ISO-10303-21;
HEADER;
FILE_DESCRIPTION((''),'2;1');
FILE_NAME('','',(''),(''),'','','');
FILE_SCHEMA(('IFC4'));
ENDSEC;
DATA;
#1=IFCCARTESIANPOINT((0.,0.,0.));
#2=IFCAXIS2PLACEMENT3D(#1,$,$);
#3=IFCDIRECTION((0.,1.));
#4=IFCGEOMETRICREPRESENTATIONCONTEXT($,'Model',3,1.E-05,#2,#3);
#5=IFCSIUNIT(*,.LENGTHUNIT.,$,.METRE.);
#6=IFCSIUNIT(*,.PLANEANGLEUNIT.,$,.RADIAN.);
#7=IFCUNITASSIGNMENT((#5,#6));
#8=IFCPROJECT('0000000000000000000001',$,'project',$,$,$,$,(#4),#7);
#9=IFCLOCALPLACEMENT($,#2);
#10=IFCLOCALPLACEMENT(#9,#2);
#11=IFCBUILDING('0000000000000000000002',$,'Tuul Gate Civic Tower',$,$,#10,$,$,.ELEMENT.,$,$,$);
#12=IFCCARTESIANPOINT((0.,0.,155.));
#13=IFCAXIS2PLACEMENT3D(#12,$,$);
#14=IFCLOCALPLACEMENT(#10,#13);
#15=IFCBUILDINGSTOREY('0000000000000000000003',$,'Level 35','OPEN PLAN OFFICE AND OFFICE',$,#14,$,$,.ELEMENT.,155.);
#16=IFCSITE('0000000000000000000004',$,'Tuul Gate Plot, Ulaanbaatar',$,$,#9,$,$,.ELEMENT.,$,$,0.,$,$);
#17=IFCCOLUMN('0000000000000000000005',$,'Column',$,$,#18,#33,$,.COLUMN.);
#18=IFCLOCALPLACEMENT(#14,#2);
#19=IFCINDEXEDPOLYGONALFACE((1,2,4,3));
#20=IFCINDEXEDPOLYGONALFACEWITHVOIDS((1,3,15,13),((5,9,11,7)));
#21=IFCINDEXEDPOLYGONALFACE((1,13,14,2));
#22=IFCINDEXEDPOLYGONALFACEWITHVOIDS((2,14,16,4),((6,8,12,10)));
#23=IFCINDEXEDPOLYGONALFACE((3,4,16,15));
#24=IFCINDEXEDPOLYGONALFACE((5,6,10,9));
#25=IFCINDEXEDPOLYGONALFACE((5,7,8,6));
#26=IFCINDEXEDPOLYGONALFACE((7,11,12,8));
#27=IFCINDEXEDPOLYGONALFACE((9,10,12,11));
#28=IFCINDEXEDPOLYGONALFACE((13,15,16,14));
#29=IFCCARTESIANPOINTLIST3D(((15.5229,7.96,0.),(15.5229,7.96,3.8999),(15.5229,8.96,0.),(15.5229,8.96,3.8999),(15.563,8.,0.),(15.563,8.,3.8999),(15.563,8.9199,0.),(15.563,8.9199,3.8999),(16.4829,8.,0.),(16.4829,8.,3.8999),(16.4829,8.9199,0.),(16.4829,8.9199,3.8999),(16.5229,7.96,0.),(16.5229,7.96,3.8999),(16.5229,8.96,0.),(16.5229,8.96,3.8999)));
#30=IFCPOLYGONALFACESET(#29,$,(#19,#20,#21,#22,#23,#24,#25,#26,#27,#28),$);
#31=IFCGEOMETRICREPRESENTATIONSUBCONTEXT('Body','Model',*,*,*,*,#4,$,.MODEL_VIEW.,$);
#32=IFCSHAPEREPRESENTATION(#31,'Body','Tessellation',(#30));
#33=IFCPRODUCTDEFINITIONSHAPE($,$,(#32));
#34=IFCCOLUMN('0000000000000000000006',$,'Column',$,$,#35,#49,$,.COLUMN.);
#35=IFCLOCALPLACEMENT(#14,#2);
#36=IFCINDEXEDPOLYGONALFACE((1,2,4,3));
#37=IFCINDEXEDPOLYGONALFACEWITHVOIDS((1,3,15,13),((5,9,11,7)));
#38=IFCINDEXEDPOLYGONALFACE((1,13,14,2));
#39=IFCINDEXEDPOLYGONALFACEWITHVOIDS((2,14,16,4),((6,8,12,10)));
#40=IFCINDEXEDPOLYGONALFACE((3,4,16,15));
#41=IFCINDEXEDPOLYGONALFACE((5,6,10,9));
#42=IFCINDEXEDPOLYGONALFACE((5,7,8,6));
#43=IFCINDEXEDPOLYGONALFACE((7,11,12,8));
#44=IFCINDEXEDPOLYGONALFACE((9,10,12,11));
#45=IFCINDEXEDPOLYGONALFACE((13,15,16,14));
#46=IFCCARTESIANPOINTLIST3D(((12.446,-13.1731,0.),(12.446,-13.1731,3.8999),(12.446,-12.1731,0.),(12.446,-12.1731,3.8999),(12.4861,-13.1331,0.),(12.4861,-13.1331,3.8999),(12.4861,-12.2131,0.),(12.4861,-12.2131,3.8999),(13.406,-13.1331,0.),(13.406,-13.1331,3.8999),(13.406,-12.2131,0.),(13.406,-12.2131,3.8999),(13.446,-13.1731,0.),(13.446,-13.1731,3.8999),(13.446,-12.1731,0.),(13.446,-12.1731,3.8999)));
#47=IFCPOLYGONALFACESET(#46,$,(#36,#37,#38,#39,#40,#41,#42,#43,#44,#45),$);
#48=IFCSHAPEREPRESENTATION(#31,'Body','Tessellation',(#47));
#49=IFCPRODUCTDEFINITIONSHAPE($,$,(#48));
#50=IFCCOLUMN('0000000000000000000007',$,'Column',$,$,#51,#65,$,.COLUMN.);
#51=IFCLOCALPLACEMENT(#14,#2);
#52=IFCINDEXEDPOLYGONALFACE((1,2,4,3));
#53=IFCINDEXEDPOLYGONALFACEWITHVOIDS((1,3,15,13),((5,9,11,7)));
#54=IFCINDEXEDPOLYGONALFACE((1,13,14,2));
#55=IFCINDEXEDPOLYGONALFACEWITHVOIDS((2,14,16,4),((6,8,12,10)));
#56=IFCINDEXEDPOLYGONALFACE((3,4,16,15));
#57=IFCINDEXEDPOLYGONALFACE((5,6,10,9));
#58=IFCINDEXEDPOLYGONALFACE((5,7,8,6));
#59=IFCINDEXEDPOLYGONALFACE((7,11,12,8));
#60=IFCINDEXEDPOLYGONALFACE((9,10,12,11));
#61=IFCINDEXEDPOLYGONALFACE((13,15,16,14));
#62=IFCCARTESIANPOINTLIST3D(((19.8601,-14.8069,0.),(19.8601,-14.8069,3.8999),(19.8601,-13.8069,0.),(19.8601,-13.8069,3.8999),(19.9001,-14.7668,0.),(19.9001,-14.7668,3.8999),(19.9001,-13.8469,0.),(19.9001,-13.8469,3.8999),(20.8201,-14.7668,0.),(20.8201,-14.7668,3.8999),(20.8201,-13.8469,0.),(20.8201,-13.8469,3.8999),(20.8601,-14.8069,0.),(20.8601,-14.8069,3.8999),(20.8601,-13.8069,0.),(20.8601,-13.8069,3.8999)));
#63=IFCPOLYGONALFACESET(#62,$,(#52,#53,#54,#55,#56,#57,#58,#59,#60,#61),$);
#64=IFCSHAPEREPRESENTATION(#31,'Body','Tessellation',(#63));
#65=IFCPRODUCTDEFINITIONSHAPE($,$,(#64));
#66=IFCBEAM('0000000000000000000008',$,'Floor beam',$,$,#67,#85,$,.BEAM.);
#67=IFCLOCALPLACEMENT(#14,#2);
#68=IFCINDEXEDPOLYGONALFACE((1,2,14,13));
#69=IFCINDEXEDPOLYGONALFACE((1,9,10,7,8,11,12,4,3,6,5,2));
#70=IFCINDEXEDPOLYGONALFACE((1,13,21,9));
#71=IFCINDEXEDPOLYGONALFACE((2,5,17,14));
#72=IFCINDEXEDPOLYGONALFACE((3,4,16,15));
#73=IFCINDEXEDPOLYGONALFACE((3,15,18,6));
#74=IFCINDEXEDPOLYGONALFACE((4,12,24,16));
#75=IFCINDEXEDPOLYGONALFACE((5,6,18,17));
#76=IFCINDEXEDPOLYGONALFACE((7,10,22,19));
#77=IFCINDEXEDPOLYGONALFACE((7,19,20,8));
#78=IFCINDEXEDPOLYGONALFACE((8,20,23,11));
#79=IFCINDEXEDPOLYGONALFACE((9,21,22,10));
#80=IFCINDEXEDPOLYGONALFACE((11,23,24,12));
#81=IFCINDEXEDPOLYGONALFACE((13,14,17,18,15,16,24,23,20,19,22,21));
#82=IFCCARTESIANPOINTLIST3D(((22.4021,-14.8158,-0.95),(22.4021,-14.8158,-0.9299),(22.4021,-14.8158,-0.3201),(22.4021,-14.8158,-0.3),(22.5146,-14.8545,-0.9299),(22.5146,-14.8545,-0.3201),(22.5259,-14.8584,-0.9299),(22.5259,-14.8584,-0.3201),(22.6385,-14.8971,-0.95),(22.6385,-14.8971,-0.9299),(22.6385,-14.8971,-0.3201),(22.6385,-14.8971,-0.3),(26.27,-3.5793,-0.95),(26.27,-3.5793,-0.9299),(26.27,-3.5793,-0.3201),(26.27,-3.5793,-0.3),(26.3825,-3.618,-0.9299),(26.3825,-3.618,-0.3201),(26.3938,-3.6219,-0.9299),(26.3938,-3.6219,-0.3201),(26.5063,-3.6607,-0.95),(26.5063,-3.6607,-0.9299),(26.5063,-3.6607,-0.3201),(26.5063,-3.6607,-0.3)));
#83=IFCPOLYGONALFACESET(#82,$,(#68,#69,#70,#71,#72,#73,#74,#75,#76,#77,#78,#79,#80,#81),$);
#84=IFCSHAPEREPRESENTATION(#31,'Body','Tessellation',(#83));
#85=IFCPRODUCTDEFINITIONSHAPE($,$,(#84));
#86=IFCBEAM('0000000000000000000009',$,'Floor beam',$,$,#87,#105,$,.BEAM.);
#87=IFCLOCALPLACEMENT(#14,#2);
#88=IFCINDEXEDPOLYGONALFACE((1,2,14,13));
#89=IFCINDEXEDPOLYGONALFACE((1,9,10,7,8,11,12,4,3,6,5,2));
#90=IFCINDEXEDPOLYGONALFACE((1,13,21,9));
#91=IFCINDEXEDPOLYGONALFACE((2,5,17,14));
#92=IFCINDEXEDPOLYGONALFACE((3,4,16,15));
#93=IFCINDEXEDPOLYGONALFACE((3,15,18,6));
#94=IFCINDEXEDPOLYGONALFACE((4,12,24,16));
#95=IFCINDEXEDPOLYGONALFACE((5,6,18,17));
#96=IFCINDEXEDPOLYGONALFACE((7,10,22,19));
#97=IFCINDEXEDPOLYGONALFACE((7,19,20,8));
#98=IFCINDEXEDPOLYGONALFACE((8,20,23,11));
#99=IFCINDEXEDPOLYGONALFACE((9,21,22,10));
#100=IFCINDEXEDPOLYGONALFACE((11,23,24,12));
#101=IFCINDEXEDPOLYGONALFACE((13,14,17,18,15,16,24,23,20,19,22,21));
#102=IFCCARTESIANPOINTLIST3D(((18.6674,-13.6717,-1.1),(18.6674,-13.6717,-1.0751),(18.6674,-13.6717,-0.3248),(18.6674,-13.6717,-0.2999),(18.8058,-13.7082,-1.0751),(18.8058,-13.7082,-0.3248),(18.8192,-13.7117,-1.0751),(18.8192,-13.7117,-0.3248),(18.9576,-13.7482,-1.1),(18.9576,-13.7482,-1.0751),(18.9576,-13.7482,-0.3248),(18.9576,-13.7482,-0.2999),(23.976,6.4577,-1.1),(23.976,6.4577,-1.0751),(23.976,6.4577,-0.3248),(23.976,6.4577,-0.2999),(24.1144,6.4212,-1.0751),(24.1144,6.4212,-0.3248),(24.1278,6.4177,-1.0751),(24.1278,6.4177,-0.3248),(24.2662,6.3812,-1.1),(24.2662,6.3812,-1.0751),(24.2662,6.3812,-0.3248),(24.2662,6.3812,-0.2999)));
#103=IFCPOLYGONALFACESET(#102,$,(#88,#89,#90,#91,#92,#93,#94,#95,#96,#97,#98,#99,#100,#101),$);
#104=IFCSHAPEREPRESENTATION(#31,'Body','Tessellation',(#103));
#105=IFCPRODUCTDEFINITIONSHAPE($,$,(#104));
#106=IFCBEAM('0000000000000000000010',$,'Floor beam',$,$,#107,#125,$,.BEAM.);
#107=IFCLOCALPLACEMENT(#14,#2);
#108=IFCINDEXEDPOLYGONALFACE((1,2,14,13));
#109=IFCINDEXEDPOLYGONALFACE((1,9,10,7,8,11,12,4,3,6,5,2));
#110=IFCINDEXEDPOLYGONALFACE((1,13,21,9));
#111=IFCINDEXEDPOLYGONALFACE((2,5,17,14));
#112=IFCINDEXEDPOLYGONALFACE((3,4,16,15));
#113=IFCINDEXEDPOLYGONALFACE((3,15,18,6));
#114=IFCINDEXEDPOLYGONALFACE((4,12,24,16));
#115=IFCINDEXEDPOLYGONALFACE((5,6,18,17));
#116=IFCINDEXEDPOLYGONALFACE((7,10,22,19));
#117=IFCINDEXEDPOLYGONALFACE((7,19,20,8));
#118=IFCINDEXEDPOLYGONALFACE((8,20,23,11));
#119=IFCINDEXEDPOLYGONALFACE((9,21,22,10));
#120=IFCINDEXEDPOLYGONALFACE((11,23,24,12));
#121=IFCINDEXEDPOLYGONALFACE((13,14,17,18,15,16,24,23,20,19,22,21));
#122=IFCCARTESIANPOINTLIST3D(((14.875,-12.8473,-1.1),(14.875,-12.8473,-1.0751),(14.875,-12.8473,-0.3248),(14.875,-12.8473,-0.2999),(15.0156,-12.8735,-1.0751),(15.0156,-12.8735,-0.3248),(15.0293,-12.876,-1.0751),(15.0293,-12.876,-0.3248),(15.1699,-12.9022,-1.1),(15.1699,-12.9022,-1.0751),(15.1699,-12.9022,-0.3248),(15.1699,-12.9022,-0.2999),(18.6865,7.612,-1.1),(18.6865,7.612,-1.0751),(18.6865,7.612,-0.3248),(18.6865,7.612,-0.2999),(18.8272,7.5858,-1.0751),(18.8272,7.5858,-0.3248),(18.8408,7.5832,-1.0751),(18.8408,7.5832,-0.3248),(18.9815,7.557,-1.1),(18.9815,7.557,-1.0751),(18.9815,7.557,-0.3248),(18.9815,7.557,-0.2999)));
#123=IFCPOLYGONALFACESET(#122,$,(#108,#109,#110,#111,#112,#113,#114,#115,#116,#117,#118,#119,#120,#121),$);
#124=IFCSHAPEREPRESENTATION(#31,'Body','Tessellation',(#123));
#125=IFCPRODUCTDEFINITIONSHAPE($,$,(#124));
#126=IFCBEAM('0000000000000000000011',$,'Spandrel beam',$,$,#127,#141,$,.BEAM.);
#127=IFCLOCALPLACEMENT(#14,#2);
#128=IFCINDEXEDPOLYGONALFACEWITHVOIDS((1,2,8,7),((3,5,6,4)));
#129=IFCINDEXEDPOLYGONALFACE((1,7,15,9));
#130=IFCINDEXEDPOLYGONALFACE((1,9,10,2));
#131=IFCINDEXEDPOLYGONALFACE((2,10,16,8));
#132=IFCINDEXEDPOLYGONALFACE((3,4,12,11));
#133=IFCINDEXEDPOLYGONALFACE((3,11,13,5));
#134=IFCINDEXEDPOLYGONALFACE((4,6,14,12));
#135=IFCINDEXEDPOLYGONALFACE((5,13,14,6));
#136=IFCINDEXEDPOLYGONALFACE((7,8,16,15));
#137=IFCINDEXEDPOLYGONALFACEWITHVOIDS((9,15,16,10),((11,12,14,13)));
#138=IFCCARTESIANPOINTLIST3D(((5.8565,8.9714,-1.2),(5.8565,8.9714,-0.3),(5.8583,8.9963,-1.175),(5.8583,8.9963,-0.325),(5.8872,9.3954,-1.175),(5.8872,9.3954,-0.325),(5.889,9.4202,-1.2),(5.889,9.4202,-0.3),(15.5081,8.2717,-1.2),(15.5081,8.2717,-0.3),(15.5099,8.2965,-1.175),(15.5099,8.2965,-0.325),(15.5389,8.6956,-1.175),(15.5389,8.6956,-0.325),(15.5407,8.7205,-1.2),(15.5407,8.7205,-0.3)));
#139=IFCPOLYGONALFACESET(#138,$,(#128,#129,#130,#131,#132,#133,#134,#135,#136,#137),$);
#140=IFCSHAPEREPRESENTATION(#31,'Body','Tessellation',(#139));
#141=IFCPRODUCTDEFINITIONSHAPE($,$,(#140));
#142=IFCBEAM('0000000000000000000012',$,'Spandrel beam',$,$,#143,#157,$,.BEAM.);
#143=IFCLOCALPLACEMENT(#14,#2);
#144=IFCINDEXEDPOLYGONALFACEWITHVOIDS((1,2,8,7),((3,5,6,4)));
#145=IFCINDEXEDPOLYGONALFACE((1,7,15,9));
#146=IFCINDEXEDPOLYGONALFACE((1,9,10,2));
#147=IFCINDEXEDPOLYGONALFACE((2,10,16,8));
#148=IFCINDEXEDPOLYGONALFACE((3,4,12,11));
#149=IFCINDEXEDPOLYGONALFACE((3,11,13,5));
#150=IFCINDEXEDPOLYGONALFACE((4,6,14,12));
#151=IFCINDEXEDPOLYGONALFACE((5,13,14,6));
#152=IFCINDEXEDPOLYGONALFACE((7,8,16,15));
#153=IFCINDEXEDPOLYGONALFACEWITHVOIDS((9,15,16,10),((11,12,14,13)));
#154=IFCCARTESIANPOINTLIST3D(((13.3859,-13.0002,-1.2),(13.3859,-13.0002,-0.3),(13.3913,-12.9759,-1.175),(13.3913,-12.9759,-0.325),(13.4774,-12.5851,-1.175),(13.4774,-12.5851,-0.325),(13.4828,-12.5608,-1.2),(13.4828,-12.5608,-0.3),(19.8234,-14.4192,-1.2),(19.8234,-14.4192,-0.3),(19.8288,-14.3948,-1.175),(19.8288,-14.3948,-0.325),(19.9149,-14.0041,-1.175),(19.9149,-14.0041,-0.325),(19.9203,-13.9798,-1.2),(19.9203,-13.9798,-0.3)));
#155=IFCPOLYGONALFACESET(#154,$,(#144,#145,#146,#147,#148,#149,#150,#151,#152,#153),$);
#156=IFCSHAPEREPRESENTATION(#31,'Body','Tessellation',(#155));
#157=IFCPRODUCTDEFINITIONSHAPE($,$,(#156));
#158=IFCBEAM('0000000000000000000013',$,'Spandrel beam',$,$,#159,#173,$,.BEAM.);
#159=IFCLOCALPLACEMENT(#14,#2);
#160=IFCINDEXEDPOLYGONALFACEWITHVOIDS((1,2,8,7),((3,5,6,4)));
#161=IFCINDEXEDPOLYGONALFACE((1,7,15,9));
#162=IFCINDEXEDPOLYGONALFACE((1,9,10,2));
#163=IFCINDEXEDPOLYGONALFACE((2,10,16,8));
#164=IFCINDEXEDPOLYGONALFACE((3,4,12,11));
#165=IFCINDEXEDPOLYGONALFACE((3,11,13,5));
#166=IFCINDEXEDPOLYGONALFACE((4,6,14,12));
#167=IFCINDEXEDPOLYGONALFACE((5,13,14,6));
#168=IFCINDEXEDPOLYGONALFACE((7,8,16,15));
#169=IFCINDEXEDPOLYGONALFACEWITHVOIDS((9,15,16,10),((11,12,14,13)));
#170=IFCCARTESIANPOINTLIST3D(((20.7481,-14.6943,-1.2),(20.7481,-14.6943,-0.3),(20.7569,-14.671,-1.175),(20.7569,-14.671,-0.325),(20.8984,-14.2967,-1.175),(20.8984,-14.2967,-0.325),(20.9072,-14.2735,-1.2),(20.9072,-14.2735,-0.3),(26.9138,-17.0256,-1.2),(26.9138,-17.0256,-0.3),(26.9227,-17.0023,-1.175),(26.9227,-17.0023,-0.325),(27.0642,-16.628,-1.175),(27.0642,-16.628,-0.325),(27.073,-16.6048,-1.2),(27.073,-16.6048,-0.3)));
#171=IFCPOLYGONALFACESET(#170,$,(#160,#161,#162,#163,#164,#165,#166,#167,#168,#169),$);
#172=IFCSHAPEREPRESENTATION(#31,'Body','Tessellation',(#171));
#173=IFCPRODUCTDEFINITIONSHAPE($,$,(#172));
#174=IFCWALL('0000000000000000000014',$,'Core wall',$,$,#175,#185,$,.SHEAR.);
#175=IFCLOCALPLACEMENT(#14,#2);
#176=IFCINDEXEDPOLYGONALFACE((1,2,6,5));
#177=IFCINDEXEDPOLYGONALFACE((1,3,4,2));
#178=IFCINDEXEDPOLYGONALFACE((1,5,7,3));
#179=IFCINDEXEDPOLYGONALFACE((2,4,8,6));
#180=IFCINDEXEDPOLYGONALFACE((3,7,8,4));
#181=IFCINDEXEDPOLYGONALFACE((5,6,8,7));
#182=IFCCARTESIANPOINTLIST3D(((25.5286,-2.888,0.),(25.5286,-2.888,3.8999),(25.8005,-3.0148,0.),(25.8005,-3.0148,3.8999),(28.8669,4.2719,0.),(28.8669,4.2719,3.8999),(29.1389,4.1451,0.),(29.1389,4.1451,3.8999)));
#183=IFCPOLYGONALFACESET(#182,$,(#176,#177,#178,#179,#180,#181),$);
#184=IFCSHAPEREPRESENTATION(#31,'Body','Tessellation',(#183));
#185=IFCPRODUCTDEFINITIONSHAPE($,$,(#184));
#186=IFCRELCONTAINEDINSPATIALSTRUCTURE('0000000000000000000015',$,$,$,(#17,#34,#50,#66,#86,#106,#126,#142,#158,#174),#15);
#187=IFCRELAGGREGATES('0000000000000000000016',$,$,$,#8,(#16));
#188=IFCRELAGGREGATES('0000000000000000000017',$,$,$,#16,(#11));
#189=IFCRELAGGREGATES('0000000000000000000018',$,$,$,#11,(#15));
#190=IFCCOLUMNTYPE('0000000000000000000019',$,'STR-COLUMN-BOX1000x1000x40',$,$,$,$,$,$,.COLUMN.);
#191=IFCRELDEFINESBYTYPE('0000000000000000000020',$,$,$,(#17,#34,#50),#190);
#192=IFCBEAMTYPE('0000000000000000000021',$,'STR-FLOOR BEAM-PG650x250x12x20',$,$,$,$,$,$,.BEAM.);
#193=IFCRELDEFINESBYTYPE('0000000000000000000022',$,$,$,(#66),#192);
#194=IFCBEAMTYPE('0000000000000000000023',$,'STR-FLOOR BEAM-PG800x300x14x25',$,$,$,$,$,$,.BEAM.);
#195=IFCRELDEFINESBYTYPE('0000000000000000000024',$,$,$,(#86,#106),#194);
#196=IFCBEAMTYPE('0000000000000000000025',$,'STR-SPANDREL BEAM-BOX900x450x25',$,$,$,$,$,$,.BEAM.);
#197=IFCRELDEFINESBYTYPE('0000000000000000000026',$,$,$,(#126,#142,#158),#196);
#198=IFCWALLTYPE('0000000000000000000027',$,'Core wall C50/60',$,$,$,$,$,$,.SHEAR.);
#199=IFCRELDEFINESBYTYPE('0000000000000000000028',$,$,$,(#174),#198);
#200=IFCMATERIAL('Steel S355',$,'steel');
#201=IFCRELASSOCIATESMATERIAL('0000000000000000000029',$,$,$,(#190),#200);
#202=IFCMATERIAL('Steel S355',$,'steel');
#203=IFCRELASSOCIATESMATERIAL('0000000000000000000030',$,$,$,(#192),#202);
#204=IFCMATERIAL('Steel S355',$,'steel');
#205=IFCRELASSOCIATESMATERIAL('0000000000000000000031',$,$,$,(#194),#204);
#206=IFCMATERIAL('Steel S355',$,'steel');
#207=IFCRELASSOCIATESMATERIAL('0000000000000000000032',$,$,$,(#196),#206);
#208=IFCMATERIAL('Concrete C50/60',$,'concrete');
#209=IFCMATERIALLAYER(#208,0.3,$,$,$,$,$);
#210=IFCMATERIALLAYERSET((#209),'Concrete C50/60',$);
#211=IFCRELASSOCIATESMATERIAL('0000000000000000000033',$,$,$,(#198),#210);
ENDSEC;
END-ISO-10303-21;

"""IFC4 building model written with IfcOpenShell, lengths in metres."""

from ifc_helpers import new_model, si_unit, direction, frame, frame_2d, origin, origin_2d, place, context, subcontext, project, spatial, rectangle, hollow_rectangle, i_section, extrude, material, layer, layer_set, material_profile, profile_set, type_object, element, save


model = new_model("IFC4")

# Units and contexts
model_context = context("Model", 3, precision=1e-05, world=origin(), true_north=direction((0.0, 1.0)))
body_context = subcontext(model_context, "Body", "Model", "MODEL_VIEW")
ifc_project = project(units=[si_unit("LENGTHUNIT", "METRE"), si_unit("PLANEANGLEUNIT", "RADIAN")], contexts=[model_context])

# Site, building, storey
site_placement = place(None, origin())
site = spatial("IfcSite", under=ifc_project, at=site_placement, Name="Tuul Gate Plot, Ulaanbaatar", CompositionType="ELEMENT", RefElevation=0.0)
building_placement = place(site_placement, origin())
building = spatial("IfcBuilding", under=site, at=building_placement, Name="Tuul Gate Civic Tower", CompositionType="ELEMENT")
storey_placement = place(building_placement, frame((0.0, 0.0, 155.0)))
storey = spatial("IfcBuildingStorey", under=building, at=storey_placement, Name="Level 35", Description="OPEN PLAN OFFICE AND OFFICE", CompositionType="ELEMENT", Elevation=155.0)

# Columns
ifc_material_1 = material(Name="Steel S355", Category="steel")
ifc_material_profile_1 = material_profile(ifc_material_1, hollow_rectangle(XDim=1.0, YDim=1.0, WallThickness=0.04, at=origin_2d()), Name="BOX1000x1000x40")
ifc_profile_set_1 = profile_set([ifc_material_profile_1], Name="Steel S355")
column_type = type_object("IfcColumnType", Name="STR-COLUMN-BOX1000x1000x40", PredefinedType="COLUMN", material=ifc_profile_set_1)
for number, where, z_axis, x_axis, name in (
    (1, (16.0229, 8.46, 0.0), (0.0, 0.0, 1.0), (1.0, 0.0, 0.0), "Column"),
    (2, (12.946, -12.6731, 0.0), (0.0, 0.0, 1.0), (1.0, 0.0, 0.0), "Column"),
    (3, (20.3601, -14.3069, 0.0), (0.0, 0.0, 1.0), (1.0, 0.0, 0.0), "Column"),
):
    element("IfcColumn", number, at=place(storey_placement, frame(where, z_axis=z_axis, x_axis=x_axis)), inside=storey, type_object=column_type, Name=name, PredefinedType="COLUMN", context=body_context, shape_type="SweptSolid", body=[
        extrude(hollow_rectangle(XDim=1.0, YDim=1.0, WallThickness=0.04, at=origin_2d()), origin(), (0.0, 0.0, 1.0), 3.8999),
    ])

# Beams
ifc_material_2 = material(Name="Steel S355", Category="steel")
ifc_material_profile_2 = material_profile(ifc_material_2, i_section(OverallWidth=0.25, OverallDepth=0.6499, WebThickness=0.012, FlangeThickness=0.02, at=origin_2d()), Name="PG650x250x12x20")
ifc_profile_set_2 = profile_set([ifc_material_profile_2], Name="Steel S355")
beam_type_1 = type_object("IfcBeamType", Name="STR-FLOOR BEAM-PG650x250x12x20", PredefinedType="BEAM", material=ifc_profile_set_2)
beam_1_placement = place(storey_placement, frame((22.5203, -14.8564, -0.625), z_axis=(0.325482, 0.945548, 0.0), x_axis=(-0.945548, 0.325482, 0.0)))
element("IfcBeam", 4, at=beam_1_placement, inside=storey, type_object=beam_type_1, Name="Floor beam", PredefinedType="BEAM", context=body_context, shape_type="SweptSolid", body=[
    extrude(i_section(OverallWidth=0.25, OverallDepth=0.6499, WebThickness=0.012, FlangeThickness=0.02, at=origin_2d()), origin(), (0.0, 0.0, 1.0), 11.8835),
])
ifc_material_3 = material(Name="Steel S355", Category="steel")
ifc_material_profile_3 = material_profile(ifc_material_3, i_section(OverallWidth=0.3, OverallDepth=0.8, WebThickness=0.0139, FlangeThickness=0.0249, at=origin_2d()), Name="PG800x300x14x25")
ifc_profile_set_3 = profile_set([ifc_material_profile_3], Name="Steel S355")
beam_type_2 = type_object("IfcBeamType", Name="STR-FLOOR BEAM-PG800x300x14x25", PredefinedType="BEAM", material=ifc_profile_set_3)
beam_2_placement = place(storey_placement, frame((18.8125, -13.71, -0.7), z_axis=(0.255005, 0.96694, 0.0), x_axis=(-0.96694, 0.255005, 0.0)))
element("IfcBeam", 5, at=beam_2_placement, inside=storey, type_object=beam_type_2, Name="Floor beam", PredefinedType="BEAM", context=body_context, shape_type="SweptSolid", body=[
    extrude(i_section(OverallWidth=0.3, OverallDepth=0.8, WebThickness=0.0139, FlangeThickness=0.0249, at=origin_2d()), origin(), (0.0, 0.0, 1.0), 20.8176),
])
beam_3_placement = place(storey_placement, frame((15.0225, -12.8748, -0.7), z_axis=(0.183147, 0.983085, 0.0), x_axis=(-0.983085, 0.183147, 0.0)))
element("IfcBeam", 6, at=beam_3_placement, inside=storey, type_object=beam_type_2, Name="Floor beam", PredefinedType="BEAM", context=body_context, shape_type="SweptSolid", body=[
    extrude(i_section(OverallWidth=0.3, OverallDepth=0.8, WebThickness=0.0139, FlangeThickness=0.0249, at=origin_2d()), origin(), (0.0, 0.0, 1.0), 20.8113),
])
ifc_material_4 = material(Name="Steel S355", Category="steel")
ifc_material_profile_4 = material_profile(ifc_material_4, hollow_rectangle(XDim=0.45, YDim=0.8999, WallThickness=0.0249, at=origin_2d()), Name="BOX900x450x25")
ifc_profile_set_4 = profile_set([ifc_material_profile_4], Name="Steel S355")
beam_type_3 = type_object("IfcBeamType", Name="STR-SPANDREL BEAM-BOX900x450x25", PredefinedType="BEAM", material=ifc_profile_set_4)
beam_4_placement = place(storey_placement, frame((15.5244, 8.4961, -0.75), z_axis=(-0.997382, 0.072307, 0.0), x_axis=(-0.072307, -0.997382, 0.0)))
element("IfcBeam", 7, at=beam_4_placement, inside=storey, type_object=beam_type_3, Name="Spandrel beam", PredefinedType="BEAM", context=body_context, shape_type="SweptSolid", body=[
    extrude(hollow_rectangle(XDim=0.45, YDim=0.8999, WallThickness=0.0249, at=origin_2d()), origin(), (0.0, 0.0, 1.0), 9.677),
])
beam_5_placement = place(storey_placement, frame((13.4343, -12.7805, -0.75), z_axis=(0.976559, -0.215252, 0.0), x_axis=(0.215252, 0.976559, 0.0)))
element("IfcBeam", 8, at=beam_5_placement, inside=storey, type_object=beam_type_3, Name="Spandrel beam", PredefinedType="BEAM", context=body_context, shape_type="SweptSolid", body=[
    extrude(hollow_rectangle(XDim=0.45, YDim=0.8999, WallThickness=0.0249, at=origin_2d()), origin(), (0.0, 0.0, 1.0), 6.592),
])
beam_6_placement = place(storey_placement, frame((20.8276, -14.4839, -0.75), z_axis=(0.935371, -0.353667, 0.0), x_axis=(0.353667, 0.935371, 0.0)))
element("IfcBeam", 9, at=beam_6_placement, inside=storey, type_object=beam_type_3, Name="Spandrel beam", PredefinedType="BEAM", context=body_context, shape_type="SweptSolid", body=[
    extrude(hollow_rectangle(XDim=0.45, YDim=0.8999, WallThickness=0.0249, at=origin_2d()), origin(), (0.0, 0.0, 1.0), 6.5918),
])

# Wall
ifc_material_5 = material(Name="Concrete C50/60", Category="concrete")
ifc_layer_1 = layer(ifc_material_5, 0.3)
ifc_layer_set_1 = layer_set([ifc_layer_1], Name="Concrete C50/60")
wall_type_1 = type_object("IfcWallType", Name="Core wall C50/60", PredefinedType="SHEAR", material=ifc_layer_set_1)
wall_1_placement = place(storey_placement, frame((25.6646, -2.9514, 0.0), z_axis=(0.0, 0.0, 1.0), x_axis=(0.422583, 0.906324, 0.0)))
element("IfcWall", 10, at=wall_1_placement, inside=storey, type_object=wall_type_1, Name="Core wall", PredefinedType="SHEAR", context=body_context, shape_type="SweptSolid", body=[
    extrude(rectangle(XDim=7.8999, YDim=0.3, at=frame_2d((3.95, 0.0))), origin(), (0.0, 0.0, 1.0), 3.8999),
])

save(model, "model.ifc")
